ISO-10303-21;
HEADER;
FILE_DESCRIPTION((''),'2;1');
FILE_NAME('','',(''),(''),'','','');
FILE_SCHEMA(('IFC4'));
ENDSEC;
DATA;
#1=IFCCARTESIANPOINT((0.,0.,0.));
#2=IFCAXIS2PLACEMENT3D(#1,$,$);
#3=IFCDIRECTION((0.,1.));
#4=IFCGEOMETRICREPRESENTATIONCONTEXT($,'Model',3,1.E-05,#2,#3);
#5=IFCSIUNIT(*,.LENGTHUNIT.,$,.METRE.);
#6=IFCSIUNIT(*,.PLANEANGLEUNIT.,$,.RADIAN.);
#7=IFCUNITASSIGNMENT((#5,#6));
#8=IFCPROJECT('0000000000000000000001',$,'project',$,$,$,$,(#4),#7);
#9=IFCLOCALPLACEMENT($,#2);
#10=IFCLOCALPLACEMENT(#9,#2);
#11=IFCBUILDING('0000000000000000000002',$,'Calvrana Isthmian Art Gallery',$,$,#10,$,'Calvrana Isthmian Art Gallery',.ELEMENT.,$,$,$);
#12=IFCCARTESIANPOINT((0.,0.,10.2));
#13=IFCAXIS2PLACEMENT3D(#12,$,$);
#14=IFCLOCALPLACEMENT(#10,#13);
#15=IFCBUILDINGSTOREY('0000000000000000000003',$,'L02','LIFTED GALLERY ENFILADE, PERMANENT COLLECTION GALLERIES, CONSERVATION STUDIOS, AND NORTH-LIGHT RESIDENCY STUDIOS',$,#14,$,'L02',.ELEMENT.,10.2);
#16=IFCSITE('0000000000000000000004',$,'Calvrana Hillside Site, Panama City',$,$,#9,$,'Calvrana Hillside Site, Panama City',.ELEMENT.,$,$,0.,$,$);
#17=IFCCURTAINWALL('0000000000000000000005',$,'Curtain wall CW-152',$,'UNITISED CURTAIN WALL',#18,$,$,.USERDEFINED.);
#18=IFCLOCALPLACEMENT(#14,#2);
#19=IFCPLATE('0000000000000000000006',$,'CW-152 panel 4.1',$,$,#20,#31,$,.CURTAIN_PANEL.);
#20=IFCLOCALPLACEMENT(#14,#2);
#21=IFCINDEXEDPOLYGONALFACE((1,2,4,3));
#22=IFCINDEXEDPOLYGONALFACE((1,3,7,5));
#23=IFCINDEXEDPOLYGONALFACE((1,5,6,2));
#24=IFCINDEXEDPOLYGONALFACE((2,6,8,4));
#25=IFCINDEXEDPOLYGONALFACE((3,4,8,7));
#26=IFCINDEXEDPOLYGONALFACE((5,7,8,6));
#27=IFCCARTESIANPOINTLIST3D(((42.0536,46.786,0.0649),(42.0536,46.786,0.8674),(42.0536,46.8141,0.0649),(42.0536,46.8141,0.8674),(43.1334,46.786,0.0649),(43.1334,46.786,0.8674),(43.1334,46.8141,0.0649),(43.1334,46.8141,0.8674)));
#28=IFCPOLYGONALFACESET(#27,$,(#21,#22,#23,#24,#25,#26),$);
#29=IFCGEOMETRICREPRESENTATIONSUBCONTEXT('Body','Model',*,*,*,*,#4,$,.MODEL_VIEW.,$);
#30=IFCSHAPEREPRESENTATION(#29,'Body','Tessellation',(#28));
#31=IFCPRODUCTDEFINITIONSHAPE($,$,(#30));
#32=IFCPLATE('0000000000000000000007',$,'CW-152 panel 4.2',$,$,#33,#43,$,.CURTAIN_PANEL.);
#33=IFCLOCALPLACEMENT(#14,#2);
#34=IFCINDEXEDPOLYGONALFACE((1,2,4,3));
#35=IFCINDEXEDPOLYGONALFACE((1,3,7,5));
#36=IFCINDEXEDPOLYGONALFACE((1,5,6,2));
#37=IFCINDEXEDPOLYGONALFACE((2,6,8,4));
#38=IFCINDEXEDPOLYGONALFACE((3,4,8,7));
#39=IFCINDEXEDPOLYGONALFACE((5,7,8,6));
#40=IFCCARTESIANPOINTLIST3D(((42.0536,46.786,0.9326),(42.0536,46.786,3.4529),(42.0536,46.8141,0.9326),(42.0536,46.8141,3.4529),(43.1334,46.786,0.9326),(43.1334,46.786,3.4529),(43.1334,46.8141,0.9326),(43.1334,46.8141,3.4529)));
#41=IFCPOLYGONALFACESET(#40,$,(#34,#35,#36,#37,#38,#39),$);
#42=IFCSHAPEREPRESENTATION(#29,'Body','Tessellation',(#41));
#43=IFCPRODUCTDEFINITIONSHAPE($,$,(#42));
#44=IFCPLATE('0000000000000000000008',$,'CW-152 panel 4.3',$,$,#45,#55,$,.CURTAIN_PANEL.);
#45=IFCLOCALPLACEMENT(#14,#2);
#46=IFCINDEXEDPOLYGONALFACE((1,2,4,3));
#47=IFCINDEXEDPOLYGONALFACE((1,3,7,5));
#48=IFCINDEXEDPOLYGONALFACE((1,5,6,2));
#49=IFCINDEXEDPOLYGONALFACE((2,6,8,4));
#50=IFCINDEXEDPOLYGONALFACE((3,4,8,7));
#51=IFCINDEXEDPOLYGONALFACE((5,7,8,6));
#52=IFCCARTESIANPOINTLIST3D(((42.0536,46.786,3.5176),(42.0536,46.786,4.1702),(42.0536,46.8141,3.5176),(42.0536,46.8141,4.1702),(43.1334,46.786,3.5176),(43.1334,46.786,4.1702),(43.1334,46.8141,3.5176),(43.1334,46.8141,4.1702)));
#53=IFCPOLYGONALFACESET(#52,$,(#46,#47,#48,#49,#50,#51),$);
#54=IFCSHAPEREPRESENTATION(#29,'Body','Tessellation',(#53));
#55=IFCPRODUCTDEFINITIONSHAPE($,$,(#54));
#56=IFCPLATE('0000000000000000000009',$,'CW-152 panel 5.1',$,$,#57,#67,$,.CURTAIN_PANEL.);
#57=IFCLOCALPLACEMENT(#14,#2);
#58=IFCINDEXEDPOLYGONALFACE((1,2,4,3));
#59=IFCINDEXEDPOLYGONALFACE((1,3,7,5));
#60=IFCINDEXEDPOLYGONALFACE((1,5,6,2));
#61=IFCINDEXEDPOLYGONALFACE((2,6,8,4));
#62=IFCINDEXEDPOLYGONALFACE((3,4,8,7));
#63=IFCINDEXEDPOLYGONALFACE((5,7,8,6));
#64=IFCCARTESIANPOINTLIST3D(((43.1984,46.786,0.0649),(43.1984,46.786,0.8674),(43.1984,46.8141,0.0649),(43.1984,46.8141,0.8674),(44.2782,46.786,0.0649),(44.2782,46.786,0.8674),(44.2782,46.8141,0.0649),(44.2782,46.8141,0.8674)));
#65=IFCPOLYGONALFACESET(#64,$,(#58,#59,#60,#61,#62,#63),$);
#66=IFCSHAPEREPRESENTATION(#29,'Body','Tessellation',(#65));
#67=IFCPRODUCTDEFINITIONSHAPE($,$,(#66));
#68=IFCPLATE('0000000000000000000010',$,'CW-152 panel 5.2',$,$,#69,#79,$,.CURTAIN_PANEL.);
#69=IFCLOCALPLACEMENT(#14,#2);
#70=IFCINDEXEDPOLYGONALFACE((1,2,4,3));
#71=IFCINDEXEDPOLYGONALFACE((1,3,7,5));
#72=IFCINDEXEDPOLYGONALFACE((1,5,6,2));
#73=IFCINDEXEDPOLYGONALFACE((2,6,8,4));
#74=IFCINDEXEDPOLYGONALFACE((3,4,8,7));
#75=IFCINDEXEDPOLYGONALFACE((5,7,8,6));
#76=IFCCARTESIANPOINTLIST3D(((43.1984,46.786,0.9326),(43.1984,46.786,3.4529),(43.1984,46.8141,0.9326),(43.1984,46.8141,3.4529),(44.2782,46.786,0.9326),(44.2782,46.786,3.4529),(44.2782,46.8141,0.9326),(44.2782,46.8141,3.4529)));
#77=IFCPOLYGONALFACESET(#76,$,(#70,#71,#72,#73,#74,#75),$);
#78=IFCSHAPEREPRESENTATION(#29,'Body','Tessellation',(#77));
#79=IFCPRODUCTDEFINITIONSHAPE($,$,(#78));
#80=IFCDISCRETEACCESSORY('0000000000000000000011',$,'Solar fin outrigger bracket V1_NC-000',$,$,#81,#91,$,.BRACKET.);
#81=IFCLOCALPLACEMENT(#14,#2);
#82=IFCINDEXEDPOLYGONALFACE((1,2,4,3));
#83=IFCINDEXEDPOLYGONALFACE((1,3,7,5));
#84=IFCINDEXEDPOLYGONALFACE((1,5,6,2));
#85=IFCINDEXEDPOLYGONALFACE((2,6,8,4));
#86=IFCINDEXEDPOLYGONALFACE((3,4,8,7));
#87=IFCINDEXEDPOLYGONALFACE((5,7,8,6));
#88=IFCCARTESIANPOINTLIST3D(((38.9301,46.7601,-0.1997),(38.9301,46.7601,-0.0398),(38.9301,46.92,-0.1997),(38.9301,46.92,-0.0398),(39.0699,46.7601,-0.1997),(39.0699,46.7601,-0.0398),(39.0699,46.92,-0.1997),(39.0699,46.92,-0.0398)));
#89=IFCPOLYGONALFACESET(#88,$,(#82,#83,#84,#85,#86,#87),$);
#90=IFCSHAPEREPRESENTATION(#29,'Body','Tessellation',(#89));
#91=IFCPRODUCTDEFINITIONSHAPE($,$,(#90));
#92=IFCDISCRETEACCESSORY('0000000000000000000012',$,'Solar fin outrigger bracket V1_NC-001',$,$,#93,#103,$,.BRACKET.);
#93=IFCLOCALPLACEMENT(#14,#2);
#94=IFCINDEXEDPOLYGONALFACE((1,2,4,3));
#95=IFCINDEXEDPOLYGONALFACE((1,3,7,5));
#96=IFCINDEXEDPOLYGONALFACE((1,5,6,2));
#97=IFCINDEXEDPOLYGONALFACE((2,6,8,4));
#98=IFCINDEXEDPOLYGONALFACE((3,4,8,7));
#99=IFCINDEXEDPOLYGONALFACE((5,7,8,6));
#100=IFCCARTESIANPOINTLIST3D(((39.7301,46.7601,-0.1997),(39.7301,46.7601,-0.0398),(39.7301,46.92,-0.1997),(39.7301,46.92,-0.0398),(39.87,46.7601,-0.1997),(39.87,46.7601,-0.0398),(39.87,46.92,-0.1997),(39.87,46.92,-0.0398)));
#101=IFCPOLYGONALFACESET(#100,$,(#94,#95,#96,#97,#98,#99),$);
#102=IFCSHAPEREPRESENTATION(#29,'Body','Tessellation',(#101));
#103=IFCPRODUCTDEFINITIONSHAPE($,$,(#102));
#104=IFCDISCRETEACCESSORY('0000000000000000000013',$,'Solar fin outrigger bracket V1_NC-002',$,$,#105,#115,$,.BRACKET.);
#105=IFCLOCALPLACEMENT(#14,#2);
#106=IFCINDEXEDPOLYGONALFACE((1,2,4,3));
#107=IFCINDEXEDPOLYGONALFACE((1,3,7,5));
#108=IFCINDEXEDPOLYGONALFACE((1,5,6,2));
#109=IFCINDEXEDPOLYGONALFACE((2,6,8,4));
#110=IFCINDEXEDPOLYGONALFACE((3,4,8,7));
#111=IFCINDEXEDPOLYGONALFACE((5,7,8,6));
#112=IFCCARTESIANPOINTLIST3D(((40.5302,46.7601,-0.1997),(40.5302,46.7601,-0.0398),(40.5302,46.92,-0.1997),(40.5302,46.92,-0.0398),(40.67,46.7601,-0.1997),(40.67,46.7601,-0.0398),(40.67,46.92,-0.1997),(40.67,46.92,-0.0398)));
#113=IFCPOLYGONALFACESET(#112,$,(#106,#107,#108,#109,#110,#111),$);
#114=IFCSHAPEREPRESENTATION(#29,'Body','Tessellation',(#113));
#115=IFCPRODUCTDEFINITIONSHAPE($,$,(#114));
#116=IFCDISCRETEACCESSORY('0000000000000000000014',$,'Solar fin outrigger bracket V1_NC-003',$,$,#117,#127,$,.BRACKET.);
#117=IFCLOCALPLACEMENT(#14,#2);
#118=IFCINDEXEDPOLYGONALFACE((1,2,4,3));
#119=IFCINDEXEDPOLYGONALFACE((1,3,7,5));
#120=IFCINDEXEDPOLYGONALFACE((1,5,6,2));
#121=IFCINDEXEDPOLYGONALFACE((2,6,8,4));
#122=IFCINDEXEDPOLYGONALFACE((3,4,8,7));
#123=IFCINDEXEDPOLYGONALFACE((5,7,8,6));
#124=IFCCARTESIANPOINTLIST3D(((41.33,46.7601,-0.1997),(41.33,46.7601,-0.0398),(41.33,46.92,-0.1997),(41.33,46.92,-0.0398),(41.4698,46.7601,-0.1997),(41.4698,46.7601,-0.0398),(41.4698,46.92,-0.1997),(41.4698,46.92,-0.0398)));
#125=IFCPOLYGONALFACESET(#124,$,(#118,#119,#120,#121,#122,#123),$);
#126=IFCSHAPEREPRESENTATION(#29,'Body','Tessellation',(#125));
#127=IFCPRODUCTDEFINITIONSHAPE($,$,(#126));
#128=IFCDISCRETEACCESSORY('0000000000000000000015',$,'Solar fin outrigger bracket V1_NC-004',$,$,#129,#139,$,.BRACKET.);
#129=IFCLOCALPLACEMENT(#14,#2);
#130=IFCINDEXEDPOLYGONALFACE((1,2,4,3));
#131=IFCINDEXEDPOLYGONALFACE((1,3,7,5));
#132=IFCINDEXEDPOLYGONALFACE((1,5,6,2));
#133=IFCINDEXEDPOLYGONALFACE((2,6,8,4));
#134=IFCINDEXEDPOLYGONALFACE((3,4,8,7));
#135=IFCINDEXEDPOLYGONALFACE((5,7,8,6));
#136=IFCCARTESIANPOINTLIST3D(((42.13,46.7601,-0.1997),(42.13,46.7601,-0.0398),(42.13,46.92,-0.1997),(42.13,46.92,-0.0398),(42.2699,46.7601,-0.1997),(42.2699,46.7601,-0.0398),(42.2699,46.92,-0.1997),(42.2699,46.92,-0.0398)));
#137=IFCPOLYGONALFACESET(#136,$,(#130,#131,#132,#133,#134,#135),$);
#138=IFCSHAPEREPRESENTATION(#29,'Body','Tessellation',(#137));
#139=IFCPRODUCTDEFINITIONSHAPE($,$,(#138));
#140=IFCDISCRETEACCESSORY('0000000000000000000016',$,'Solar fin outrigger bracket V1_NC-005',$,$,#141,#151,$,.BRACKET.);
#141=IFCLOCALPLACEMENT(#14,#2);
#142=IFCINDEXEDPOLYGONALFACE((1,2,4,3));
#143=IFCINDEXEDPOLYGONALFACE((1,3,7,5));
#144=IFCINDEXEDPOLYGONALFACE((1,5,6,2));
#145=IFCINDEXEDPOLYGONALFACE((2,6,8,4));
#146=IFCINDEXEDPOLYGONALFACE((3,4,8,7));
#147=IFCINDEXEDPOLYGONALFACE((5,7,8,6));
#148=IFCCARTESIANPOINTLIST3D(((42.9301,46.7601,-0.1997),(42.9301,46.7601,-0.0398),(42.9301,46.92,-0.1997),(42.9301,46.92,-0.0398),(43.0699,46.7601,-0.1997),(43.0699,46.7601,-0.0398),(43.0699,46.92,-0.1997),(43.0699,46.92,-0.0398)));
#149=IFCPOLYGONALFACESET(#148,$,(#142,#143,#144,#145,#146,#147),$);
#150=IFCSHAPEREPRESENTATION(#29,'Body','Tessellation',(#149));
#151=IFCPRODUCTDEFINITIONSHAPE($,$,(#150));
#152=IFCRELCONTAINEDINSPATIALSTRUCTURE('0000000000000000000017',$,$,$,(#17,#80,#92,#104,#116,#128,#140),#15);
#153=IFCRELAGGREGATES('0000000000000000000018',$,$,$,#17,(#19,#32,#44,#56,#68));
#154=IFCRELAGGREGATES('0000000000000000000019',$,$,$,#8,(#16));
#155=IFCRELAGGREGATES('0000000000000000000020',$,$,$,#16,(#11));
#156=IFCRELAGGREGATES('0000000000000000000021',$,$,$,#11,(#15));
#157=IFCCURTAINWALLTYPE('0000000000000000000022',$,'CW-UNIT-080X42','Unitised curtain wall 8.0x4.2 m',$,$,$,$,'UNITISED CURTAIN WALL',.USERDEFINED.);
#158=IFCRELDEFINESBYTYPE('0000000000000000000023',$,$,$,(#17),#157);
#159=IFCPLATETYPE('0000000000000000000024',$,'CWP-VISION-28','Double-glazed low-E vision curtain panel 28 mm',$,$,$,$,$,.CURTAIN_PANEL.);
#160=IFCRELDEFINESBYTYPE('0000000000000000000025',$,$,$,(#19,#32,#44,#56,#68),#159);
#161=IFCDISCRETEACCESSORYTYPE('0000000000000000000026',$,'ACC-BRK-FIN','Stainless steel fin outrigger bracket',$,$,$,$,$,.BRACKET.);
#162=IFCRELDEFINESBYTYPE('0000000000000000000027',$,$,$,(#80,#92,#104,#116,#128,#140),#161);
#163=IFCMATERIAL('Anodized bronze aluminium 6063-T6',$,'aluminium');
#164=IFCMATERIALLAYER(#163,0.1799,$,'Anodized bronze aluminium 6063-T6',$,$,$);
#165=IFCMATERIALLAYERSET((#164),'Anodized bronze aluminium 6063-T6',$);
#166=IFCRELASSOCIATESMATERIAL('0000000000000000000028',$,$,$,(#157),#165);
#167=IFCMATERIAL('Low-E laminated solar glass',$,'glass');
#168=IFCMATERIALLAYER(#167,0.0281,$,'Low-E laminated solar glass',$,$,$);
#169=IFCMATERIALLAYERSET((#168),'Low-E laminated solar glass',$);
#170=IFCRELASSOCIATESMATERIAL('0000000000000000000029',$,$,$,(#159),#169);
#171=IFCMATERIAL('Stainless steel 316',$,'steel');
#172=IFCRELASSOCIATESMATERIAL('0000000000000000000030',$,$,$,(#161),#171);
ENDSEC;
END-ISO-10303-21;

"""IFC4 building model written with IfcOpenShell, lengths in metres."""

from ifc_helpers import new_model, si_unit, direction, frame, origin, origin_2d, place, context, subcontext, project, spatial, rectangle, extrude, material, layer, layer_set, type_object, element, aggregate, save


model = new_model("IFC4")

# Units and contexts
model_context = context("Model", 3, precision=1e-05, world=origin(), true_north=direction((0.0, 1.0)))
body_context = subcontext(model_context, "Body", "Model", "MODEL_VIEW")
ifc_project = project(units=[si_unit("LENGTHUNIT", "METRE"), si_unit("PLANEANGLEUNIT", "RADIAN")], contexts=[model_context])

# Site, building, storey
site_placement = place(None, origin())
site = spatial("IfcSite", under=ifc_project, at=site_placement, Name="Calvrana Hillside Site, Panama City", LongName="Calvrana Hillside Site, Panama City", CompositionType="ELEMENT", RefElevation=0.0)
building_placement = place(site_placement, origin())
building = spatial("IfcBuilding", under=site, at=building_placement, Name="Calvrana Isthmian Art Gallery", LongName="Calvrana Isthmian Art Gallery", CompositionType="ELEMENT")
storey_placement = place(building_placement, frame((0.0, 0.0, 10.2)))
storey = spatial("IfcBuildingStorey", under=building, at=storey_placement, Name="L02", Description="LIFTED GALLERY ENFILADE, PERMANENT COLLECTION GALLERIES, CONSERVATION STUDIOS, AND NORTH-LIGHT RESIDENCY STUDIOS", LongName="L02", CompositionType="ELEMENT", Elevation=10.2)

# Curtain wall, plates
ifc_material_1 = material(Name="Anodized bronze aluminium 6063-T6", Category="aluminium")
ifc_layer_1 = layer(ifc_material_1, 0.1799, Name="Anodized bronze aluminium 6063-T6")
ifc_layer_set_1 = layer_set([ifc_layer_1], Name="Anodized bronze aluminium 6063-T6")
curtain_wall_type = type_object("IfcCurtainWallType", Name="CW-UNIT-080X42", Description="Unitised curtain wall 8.0x4.2 m", ElementType="UNITISED CURTAIN WALL", PredefinedType="USERDEFINED", material=ifc_layer_set_1)
curtain_wall_placement = place(storey_placement, origin())
curtain_wall = element("IfcCurtainWall", 1, at=curtain_wall_placement, inside=storey, type_object=curtain_wall_type, Name="Curtain wall CW-152", ObjectType="UNITISED CURTAIN WALL", PredefinedType="USERDEFINED")
ifc_material_2 = material(Name="Low-E laminated solar glass", Category="glass")
ifc_layer_2 = layer(ifc_material_2, 0.0281, Name="Low-E laminated solar glass")
ifc_layer_set_2 = layer_set([ifc_layer_2], Name="Low-E laminated solar glass")
plate_type = type_object("IfcPlateType", Name="CWP-VISION-28", Description="Double-glazed low-E vision curtain panel 28 mm", PredefinedType="CURTAIN_PANEL", material=ifc_layer_set_2)
plate_1_placement = place(storey_placement, frame((42.5935, 46.8, 0.0649), z_axis=(0.0, 0.0, 1.0), x_axis=(1.0, 0.0, 0.0)))
plate_1 = element("IfcPlate", 2, at=plate_1_placement, type_object=plate_type, Name="CW-152 panel 4.1", PredefinedType="CURTAIN_PANEL", context=body_context, shape_type="SweptSolid", body=[
    extrude(rectangle(XDim=1.0798, YDim=0.0281, at=origin_2d()), origin(), (0.0, 0.0, 1.0), 0.8025),
])
plate_2_placement = place(storey_placement, frame((42.5935, 46.8, 0.9326), z_axis=(0.0, 0.0, 1.0), x_axis=(1.0, 0.0, 0.0)))
plate_2 = element("IfcPlate", 3, at=plate_2_placement, type_object=plate_type, Name="CW-152 panel 4.2", PredefinedType="CURTAIN_PANEL", context=body_context, shape_type="SweptSolid", body=[
    extrude(rectangle(XDim=1.0798, YDim=0.0281, at=origin_2d()), origin(), (0.0, 0.0, 1.0), 2.5203),
])
plate_3_placement = place(storey_placement, frame((42.5935, 46.8, 3.5176), z_axis=(0.0, 0.0, 1.0), x_axis=(1.0, 0.0, 0.0)))
plate_3 = element("IfcPlate", 4, at=plate_3_placement, type_object=plate_type, Name="CW-152 panel 4.3", PredefinedType="CURTAIN_PANEL", context=body_context, shape_type="SweptSolid", body=[
    extrude(rectangle(XDim=1.0798, YDim=0.0281, at=origin_2d()), origin(), (0.0, 0.0, 1.0), 0.6526),
])
plate_4_placement = place(storey_placement, frame((43.7383, 46.8, 0.0649), z_axis=(0.0, 0.0, 1.0), x_axis=(1.0, 0.0, 0.0)))
plate_4 = element("IfcPlate", 5, at=plate_4_placement, type_object=plate_type, Name="CW-152 panel 5.1", PredefinedType="CURTAIN_PANEL", context=body_context, shape_type="SweptSolid", body=[
    extrude(rectangle(XDim=1.0798, YDim=0.0281, at=origin_2d()), origin(), (0.0, 0.0, 1.0), 0.8025),
])
plate_5_placement = place(storey_placement, frame((43.7383, 46.8, 0.9326), z_axis=(0.0, 0.0, 1.0), x_axis=(1.0, 0.0, 0.0)))
plate_5 = element("IfcPlate", 6, at=plate_5_placement, type_object=plate_type, Name="CW-152 panel 5.2", PredefinedType="CURTAIN_PANEL", context=body_context, shape_type="SweptSolid", body=[
    extrude(rectangle(XDim=1.0798, YDim=0.0281, at=origin_2d()), origin(), (0.0, 0.0, 1.0), 2.5203),
])
aggregate(curtain_wall, [plate_1, plate_2, plate_3, plate_4, plate_5])

# Discrete accessories
ifc_material_3 = material(Name="Stainless steel 316", Category="steel")
discrete_accessory_type = type_object("IfcDiscreteAccessoryType", Name="ACC-BRK-FIN", Description="Stainless steel fin outrigger bracket", PredefinedType="BRACKET", material=ifc_material_3)
for number, where, z_axis, x_axis, name in (
    (7, (39.0, 46.8401, -0.1997), (0.0, 0.0, 1.0), (1.0, 0.0, 0.0), "Solar fin outrigger bracket V1_NC-000"),
    (8, (39.8, 46.8401, -0.1997), (0.0, 0.0, 1.0), (1.0, 0.0, 0.0), "Solar fin outrigger bracket V1_NC-001"),
    (9, (40.6001, 46.8401, -0.1997), (0.0, 0.0, 1.0), (1.0, 0.0, 0.0), "Solar fin outrigger bracket V1_NC-002"),
    (10, (41.3999, 46.8401, -0.1997), (0.0, 0.0, 1.0), (1.0, 0.0, 0.0), "Solar fin outrigger bracket V1_NC-003"),
    (11, (42.2, 46.8401, -0.1997), (0.0, 0.0, 1.0), (1.0, 0.0, 0.0), "Solar fin outrigger bracket V1_NC-004"),
    (12, (43.0, 46.8401, -0.1997), (0.0, 0.0, 1.0), (1.0, 0.0, 0.0), "Solar fin outrigger bracket V1_NC-005"),
):
    element("IfcDiscreteAccessory", number, at=place(storey_placement, frame(where, z_axis=z_axis, x_axis=x_axis)), inside=storey, type_object=discrete_accessory_type, Name=name, PredefinedType="BRACKET", context=body_context, shape_type="SweptSolid", body=[
        extrude(rectangle(XDim=0.1399, YDim=0.1599, at=origin_2d()), origin(), (0.0, 0.0, 1.0), 0.1599),
    ])

save(model, "model.ifc")
